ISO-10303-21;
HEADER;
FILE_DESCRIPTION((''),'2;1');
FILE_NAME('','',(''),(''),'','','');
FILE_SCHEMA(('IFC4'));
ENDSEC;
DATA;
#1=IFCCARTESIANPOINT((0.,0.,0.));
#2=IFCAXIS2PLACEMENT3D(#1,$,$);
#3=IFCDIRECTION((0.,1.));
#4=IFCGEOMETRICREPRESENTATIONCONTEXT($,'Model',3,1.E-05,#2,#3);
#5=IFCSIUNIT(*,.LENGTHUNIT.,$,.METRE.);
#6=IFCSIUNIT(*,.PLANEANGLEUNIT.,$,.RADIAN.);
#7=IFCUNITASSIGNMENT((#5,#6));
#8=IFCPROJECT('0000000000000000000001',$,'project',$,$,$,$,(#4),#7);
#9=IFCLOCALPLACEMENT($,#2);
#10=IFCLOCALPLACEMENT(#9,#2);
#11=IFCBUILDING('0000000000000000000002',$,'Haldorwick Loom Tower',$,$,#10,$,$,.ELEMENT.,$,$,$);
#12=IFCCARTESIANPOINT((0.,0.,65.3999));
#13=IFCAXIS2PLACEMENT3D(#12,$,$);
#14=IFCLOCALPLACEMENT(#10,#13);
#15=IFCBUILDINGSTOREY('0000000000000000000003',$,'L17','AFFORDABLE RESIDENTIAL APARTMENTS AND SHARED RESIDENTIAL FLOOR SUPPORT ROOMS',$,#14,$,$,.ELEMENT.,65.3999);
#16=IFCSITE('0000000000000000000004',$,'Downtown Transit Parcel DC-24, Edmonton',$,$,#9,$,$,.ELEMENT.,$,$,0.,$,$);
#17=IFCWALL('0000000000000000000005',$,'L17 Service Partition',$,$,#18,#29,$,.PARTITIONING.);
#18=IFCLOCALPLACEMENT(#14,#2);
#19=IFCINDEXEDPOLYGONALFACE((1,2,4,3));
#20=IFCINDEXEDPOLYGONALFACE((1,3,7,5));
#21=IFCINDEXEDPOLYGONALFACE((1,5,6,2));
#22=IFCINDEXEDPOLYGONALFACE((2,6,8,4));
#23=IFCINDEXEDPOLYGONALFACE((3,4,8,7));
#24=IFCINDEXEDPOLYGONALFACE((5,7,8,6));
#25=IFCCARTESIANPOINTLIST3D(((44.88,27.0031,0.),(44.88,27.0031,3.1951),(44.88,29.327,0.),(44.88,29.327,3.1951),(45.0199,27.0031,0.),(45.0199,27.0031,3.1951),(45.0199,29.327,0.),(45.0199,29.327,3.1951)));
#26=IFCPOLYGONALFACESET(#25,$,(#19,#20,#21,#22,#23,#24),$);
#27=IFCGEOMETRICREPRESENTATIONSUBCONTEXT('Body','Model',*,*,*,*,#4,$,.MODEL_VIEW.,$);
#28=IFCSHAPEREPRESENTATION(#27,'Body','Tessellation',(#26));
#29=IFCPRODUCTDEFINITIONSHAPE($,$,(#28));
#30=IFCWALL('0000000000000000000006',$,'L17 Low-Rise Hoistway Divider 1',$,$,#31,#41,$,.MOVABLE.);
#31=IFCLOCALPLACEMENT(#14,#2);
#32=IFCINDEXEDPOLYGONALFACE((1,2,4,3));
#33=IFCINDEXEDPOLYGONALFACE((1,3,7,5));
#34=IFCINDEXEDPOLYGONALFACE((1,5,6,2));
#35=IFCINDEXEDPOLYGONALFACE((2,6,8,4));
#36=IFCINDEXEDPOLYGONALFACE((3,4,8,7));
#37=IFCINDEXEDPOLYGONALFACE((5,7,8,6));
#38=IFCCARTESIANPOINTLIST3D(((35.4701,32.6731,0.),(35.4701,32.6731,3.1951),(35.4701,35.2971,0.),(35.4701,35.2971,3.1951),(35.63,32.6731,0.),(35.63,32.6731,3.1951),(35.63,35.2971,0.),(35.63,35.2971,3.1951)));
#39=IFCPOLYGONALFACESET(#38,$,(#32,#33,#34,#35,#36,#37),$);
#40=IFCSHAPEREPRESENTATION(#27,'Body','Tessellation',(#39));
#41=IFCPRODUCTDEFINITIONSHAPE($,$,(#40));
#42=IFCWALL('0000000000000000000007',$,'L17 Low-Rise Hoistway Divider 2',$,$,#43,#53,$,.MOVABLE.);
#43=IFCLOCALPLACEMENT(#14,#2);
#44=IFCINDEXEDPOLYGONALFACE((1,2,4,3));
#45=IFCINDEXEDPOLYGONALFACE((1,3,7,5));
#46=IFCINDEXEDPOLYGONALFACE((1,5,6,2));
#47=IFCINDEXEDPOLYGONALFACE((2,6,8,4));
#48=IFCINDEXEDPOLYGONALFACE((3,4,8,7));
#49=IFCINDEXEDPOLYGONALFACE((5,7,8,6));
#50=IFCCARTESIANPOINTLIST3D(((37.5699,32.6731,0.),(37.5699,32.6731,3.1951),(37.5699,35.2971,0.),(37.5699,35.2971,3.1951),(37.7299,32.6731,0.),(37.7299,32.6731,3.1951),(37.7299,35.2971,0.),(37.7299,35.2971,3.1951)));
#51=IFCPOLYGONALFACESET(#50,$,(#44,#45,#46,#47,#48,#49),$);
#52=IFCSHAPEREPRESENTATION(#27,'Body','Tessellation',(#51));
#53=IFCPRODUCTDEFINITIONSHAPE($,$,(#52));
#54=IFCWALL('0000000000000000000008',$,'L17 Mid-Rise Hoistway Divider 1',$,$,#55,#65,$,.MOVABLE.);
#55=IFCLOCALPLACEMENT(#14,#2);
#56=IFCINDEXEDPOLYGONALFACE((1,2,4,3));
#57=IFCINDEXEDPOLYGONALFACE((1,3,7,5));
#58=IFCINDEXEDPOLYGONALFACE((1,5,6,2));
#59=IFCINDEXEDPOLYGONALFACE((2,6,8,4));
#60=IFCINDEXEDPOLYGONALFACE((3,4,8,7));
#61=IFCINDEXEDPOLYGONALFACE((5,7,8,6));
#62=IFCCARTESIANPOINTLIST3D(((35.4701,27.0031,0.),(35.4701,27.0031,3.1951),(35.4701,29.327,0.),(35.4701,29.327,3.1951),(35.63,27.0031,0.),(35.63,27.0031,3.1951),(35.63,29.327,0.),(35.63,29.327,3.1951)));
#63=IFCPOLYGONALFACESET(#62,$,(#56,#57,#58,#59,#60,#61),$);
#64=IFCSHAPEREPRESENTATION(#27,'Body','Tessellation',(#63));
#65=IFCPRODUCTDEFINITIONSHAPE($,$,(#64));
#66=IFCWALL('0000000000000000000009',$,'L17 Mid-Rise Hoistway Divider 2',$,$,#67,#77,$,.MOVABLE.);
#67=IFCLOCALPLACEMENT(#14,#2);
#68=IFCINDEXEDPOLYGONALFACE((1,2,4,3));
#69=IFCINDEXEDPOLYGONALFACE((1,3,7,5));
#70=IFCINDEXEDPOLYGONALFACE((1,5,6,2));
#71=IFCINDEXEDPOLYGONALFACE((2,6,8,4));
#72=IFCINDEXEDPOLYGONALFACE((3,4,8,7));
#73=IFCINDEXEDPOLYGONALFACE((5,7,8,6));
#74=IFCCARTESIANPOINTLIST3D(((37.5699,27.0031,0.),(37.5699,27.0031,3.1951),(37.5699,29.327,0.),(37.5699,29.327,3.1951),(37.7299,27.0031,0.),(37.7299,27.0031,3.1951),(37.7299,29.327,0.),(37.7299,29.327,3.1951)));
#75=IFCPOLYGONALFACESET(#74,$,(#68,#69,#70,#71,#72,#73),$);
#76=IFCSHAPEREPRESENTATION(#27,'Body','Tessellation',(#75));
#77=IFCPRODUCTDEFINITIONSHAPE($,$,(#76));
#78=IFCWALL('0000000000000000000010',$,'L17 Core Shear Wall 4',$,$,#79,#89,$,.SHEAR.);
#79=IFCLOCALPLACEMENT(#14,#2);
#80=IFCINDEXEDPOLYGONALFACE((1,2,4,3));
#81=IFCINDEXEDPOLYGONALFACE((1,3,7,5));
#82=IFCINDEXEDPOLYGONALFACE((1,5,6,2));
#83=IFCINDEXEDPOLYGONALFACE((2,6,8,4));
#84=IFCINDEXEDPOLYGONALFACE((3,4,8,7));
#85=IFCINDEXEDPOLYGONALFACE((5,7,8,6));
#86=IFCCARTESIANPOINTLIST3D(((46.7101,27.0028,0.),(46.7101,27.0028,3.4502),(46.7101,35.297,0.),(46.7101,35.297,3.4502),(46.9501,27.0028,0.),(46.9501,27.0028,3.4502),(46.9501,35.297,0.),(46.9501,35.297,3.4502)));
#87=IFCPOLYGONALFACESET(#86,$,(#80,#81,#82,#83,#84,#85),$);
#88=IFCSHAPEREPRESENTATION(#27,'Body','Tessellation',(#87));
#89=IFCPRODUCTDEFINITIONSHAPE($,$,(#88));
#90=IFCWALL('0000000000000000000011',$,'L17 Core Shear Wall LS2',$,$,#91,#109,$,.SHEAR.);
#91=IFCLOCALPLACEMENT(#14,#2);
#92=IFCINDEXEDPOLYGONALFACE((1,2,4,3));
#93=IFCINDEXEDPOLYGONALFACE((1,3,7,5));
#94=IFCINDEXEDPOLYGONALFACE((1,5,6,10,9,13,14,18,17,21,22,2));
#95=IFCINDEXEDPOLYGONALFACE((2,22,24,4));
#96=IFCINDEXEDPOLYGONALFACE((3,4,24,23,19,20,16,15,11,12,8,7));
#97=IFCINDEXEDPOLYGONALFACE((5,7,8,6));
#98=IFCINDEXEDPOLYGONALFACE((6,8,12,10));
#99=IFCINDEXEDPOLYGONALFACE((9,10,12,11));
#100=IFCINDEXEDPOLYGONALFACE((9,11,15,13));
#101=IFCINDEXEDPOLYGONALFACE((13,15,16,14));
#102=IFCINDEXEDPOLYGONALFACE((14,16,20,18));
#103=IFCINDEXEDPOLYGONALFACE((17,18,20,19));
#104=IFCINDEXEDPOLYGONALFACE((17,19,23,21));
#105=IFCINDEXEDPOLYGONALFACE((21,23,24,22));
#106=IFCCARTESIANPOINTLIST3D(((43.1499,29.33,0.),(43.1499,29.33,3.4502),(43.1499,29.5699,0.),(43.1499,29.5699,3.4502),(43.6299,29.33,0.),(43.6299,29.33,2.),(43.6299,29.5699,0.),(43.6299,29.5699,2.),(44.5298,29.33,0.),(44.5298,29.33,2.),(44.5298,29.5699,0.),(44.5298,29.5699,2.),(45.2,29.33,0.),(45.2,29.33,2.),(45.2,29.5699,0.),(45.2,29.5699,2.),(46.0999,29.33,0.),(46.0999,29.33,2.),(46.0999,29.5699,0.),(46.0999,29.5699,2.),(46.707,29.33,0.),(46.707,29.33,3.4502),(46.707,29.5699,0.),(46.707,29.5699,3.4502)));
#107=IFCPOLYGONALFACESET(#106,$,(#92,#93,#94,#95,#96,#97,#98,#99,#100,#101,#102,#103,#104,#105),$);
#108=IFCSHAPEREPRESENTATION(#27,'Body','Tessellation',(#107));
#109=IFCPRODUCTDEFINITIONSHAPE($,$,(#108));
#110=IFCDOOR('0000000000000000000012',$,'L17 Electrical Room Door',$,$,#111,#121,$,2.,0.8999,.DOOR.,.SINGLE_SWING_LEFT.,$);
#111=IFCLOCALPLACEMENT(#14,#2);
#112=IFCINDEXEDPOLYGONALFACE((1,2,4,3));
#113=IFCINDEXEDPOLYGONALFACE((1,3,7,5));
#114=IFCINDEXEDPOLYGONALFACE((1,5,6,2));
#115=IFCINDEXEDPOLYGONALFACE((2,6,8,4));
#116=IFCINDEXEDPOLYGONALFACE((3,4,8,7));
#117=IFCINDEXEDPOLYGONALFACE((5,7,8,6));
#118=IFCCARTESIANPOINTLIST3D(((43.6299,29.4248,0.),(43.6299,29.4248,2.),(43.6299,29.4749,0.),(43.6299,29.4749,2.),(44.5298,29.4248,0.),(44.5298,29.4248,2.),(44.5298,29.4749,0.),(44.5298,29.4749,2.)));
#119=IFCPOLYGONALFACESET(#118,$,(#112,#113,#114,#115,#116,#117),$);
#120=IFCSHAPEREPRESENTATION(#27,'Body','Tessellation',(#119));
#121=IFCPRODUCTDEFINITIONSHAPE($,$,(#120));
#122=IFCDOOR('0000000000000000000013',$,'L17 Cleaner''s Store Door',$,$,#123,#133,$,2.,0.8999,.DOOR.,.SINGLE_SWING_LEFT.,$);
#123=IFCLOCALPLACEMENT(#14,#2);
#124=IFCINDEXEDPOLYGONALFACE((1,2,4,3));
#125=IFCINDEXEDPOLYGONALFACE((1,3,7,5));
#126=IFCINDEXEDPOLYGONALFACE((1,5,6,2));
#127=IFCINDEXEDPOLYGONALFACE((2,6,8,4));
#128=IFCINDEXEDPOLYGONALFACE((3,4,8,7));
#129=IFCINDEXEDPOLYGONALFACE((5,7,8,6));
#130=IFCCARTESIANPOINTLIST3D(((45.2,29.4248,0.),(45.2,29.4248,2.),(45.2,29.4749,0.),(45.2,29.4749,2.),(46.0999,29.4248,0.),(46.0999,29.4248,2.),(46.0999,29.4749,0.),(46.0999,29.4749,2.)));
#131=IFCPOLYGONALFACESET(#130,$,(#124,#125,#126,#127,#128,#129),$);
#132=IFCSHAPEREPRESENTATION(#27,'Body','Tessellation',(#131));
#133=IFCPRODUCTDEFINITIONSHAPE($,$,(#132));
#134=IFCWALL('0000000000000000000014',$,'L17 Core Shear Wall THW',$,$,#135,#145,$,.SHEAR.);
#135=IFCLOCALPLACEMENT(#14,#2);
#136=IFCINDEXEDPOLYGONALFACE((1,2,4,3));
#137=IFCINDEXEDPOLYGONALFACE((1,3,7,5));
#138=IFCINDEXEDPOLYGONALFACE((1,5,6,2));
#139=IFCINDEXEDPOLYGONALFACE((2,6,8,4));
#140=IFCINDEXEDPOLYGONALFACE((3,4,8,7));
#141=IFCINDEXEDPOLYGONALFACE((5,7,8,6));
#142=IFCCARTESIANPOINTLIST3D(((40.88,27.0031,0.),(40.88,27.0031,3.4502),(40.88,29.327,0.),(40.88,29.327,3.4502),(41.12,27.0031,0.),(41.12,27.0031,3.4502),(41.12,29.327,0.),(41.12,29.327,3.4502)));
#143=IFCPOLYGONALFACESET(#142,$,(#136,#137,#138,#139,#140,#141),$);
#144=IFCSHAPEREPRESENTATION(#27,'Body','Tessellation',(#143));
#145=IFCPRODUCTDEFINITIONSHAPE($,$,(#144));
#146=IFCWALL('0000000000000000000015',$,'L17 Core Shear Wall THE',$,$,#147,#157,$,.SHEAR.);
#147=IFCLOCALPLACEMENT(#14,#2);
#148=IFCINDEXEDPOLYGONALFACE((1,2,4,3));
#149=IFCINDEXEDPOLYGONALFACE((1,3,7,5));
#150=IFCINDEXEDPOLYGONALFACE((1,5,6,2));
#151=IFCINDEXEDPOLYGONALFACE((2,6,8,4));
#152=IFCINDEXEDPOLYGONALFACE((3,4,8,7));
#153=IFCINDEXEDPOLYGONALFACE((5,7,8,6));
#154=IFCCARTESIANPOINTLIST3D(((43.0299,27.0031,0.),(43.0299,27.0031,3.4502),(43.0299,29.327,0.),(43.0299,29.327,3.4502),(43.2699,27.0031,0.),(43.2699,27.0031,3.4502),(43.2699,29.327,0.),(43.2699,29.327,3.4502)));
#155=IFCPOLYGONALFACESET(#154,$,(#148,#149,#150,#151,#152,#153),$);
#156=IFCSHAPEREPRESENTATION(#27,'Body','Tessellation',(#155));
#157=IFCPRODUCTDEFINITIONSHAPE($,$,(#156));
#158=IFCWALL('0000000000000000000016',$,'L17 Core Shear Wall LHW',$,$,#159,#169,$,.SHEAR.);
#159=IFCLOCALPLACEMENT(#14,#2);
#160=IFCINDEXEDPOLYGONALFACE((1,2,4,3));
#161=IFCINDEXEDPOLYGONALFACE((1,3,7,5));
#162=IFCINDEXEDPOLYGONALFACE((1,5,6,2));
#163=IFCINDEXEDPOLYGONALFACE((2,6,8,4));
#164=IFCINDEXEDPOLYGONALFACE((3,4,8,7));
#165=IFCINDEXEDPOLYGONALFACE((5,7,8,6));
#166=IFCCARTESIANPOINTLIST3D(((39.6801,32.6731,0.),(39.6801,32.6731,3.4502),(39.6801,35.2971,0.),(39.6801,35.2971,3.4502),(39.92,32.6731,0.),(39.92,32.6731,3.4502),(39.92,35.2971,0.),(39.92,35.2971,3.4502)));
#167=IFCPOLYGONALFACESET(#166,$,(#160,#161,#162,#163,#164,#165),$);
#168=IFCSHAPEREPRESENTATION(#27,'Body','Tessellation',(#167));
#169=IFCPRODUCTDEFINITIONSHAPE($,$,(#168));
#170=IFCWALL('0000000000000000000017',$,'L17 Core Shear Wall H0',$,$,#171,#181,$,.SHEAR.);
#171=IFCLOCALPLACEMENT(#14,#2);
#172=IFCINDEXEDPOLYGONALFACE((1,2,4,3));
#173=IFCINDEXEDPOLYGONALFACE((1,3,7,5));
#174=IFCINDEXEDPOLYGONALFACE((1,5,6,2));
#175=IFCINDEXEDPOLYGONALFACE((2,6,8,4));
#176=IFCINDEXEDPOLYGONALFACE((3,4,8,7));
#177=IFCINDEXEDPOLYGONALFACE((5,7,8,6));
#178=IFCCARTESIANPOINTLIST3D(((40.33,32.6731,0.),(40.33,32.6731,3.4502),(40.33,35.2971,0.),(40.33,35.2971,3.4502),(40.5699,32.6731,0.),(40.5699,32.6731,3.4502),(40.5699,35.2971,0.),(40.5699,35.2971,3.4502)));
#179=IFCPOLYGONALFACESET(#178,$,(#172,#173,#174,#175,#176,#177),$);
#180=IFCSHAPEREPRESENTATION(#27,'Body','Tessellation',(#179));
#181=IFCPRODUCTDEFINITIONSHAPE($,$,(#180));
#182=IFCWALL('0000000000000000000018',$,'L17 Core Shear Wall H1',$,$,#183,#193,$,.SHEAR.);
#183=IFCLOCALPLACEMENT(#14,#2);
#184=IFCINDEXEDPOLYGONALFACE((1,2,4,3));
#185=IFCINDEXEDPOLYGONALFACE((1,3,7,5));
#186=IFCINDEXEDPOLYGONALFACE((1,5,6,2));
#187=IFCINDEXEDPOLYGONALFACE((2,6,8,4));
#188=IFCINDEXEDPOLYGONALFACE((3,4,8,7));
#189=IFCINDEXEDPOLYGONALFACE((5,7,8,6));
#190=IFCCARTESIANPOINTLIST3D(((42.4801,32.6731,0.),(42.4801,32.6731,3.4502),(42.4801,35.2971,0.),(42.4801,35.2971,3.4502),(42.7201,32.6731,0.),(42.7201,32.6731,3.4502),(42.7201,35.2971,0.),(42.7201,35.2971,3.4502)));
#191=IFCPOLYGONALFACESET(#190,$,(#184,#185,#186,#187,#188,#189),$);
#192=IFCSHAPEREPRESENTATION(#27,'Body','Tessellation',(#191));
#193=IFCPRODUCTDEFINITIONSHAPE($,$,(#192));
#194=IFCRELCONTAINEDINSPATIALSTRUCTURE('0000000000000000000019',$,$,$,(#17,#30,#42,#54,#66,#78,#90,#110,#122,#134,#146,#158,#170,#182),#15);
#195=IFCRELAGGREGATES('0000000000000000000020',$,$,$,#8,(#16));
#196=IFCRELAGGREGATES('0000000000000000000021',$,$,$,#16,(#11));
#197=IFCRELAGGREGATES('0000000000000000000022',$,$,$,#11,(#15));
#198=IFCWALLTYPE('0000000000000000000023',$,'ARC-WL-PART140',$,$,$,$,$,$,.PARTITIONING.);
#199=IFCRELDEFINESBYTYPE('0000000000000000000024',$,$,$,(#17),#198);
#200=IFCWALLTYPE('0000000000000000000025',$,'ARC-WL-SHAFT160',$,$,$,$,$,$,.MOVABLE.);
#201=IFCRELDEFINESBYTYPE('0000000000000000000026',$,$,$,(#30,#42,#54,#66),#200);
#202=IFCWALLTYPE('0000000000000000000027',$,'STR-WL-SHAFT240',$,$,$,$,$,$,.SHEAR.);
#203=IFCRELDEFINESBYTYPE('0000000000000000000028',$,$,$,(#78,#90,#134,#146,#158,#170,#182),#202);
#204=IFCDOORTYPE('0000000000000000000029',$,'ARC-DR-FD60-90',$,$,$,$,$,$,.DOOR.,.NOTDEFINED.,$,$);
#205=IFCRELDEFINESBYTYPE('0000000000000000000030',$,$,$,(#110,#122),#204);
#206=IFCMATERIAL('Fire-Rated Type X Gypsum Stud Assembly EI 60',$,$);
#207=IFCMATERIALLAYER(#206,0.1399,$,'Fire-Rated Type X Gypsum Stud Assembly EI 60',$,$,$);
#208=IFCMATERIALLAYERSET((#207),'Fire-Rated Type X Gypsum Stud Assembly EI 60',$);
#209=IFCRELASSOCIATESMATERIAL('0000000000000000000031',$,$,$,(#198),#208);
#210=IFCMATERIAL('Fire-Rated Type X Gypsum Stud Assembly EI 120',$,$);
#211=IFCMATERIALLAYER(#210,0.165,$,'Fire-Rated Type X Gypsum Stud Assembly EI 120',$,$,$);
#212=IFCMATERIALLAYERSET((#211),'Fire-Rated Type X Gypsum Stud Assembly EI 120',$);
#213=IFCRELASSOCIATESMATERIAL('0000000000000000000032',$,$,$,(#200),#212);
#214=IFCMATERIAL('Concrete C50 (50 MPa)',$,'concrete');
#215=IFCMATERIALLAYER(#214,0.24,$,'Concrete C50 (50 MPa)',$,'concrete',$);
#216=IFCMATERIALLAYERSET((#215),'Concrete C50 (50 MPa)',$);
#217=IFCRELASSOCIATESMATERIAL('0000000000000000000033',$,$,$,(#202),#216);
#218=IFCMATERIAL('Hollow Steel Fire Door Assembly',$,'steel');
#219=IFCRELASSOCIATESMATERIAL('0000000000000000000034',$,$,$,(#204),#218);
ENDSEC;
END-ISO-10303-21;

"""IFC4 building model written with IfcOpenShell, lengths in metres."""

from ifc_helpers import new_model, si_unit, direction, frame, frame_2d, origin, place, context, subcontext, project, spatial, rectangle, extrude, material, layer, layer_set, type_object, element, fill, save


model = new_model("IFC4")

# Units and contexts
model_context = context("Model", 3, precision=1e-05, world=origin(), true_north=direction((0.0, 1.0)))
body_context = subcontext(model_context, "Body", "Model", "MODEL_VIEW")
ifc_project = project(units=[si_unit("LENGTHUNIT", "METRE"), si_unit("PLANEANGLEUNIT", "RADIAN")], contexts=[model_context])

# Site, building, storey
site_placement = place(None, origin())
site = spatial("IfcSite", under=ifc_project, at=site_placement, Name="Downtown Transit Parcel DC-24, Edmonton", CompositionType="ELEMENT", RefElevation=0.0)
building_placement = place(site_placement, origin())
building = spatial("IfcBuilding", under=site, at=building_placement, Name="Haldorwick Loom Tower", CompositionType="ELEMENT")
storey_placement = place(building_placement, frame((0.0, 0.0, 65.3999)))
storey = spatial("IfcBuildingStorey", under=building, at=storey_placement, Name="L17", Description="AFFORDABLE RESIDENTIAL APARTMENTS AND SHARED RESIDENTIAL FLOOR SUPPORT ROOMS", CompositionType="ELEMENT", Elevation=65.3999)

# Walls
ifc_material_1 = material(Name="Fire-Rated Type X Gypsum Stud Assembly EI 60")
ifc_layer_1 = layer(ifc_material_1, 0.1399, Name="Fire-Rated Type X Gypsum Stud Assembly EI 60")
ifc_layer_set_1 = layer_set([ifc_layer_1], Name="Fire-Rated Type X Gypsum Stud Assembly EI 60")
wall_type_1 = type_object("IfcWallType", Name="ARC-WL-PART140", PredefinedType="PARTITIONING", material=ifc_layer_set_1)
wall_1_placement = place(storey_placement, frame((44.95, 27.0029, 0.0), z_axis=(0.0, 0.0, 1.0), x_axis=(0.0, 1.0, 0.0)))
element("IfcWall", 1, at=wall_1_placement, inside=storey, type_object=wall_type_1, Name="L17 Service Partition", PredefinedType="PARTITIONING", context=body_context, shape_type="SweptSolid", body=[
    extrude(rectangle(XDim=2.324, YDim=0.1399, at=frame_2d((1.1621, 0.0))), origin(), (0.0, 0.0, 1.0), 3.1951),
])
ifc_material_2 = material(Name="Fire-Rated Type X Gypsum Stud Assembly EI 120")
ifc_layer_2 = layer(ifc_material_2, 0.165, Name="Fire-Rated Type X Gypsum Stud Assembly EI 120")
ifc_layer_set_2 = layer_set([ifc_layer_2], Name="Fire-Rated Type X Gypsum Stud Assembly EI 120")
wall_type_2 = type_object("IfcWallType", Name="ARC-WL-SHAFT160", PredefinedType="MOVABLE", material=ifc_layer_set_2)
for number, where, z_axis, x_axis, name in (
    (2, (35.55, 32.6731, 0.0), (0.0, 0.0, 1.0), (0.0, 1.0, 0.0), "L17 Low-Rise Hoistway Divider 1"),
    (3, (37.6499, 32.6731, 0.0), (0.0, 0.0, 1.0), (0.0, 1.0, 0.0), "L17 Low-Rise Hoistway Divider 2"),
):
    element("IfcWall", number, at=place(storey_placement, frame(where, z_axis=z_axis, x_axis=x_axis)), inside=storey, type_object=wall_type_2, Name=name, PredefinedType="MOVABLE", context=body_context, shape_type="SweptSolid", body=[
        extrude(rectangle(XDim=2.624, YDim=0.1599, at=frame_2d((1.312, 0.0))), origin(), (0.0, 0.0, 1.0), 3.1951),
    ])
for number, where, z_axis, x_axis, name in (
    (4, (35.55, 27.0029, 0.0), (0.0, 0.0, 1.0), (0.0, 1.0, 0.0), "L17 Mid-Rise Hoistway Divider 1"),
    (5, (37.6499, 27.0029, 0.0), (0.0, 0.0, 1.0), (0.0, 1.0, 0.0), "L17 Mid-Rise Hoistway Divider 2"),
):
    element("IfcWall", number, at=place(storey_placement, frame(where, z_axis=z_axis, x_axis=x_axis)), inside=storey, type_object=wall_type_2, Name=name, PredefinedType="MOVABLE", context=body_context, shape_type="SweptSolid", body=[
        extrude(rectangle(XDim=2.324, YDim=0.1599, at=frame_2d((1.1621, 0.0))), origin(), (0.0, 0.0, 1.0), 3.1951),
    ])
ifc_material_3 = material(Name="Concrete C50 (50 MPa)", Category="concrete")
ifc_layer_3 = layer(ifc_material_3, 0.24, Name="Concrete C50 (50 MPa)", Category="concrete")
ifc_layer_set_3 = layer_set([ifc_layer_3], Name="Concrete C50 (50 MPa)")
wall_type_3 = type_object("IfcWallType", Name="STR-WL-SHAFT240", PredefinedType="SHEAR", material=ifc_layer_set_3)
wall_2_placement = place(storey_placement, frame((46.8301, 27.0029, 0.0), z_axis=(0.0, 0.0, 1.0), x_axis=(0.0, 1.0, 0.0)))
element("IfcWall", 6, at=wall_2_placement, inside=storey, type_object=wall_type_3, Name="L17 Core Shear Wall 4", PredefinedType="SHEAR", context=body_context, shape_type="SweptSolid", body=[
    extrude(rectangle(XDim=8.2942, YDim=0.24, at=frame_2d((4.147, 0.0))), origin(), (0.0, 0.0, 1.0), 3.4502),
])

# Wall, openings, doors
wall_3_placement = place(storey_placement, frame((43.1499, 29.45, 0.0), z_axis=(0.0, 0.0, 1.0), x_axis=(1.0, 0.0, 0.0)))
wall_3 = element("IfcWall", 7, at=wall_3_placement, inside=storey, type_object=wall_type_3, Name="L17 Core Shear Wall LS2", PredefinedType="SHEAR", context=body_context, shape_type="SweptSolid", body=[
    extrude(rectangle(XDim=3.5571, YDim=0.24, at=frame_2d((1.7786, 0.0))), origin(), (0.0, 0.0, 1.0), 3.4502),
])
opening_1_placement = place(wall_3_placement, frame((0.48, 0.0, 0.0)))
opening_1 = element("IfcOpeningElement", 8, at=opening_1_placement, cuts=wall_3, PredefinedType="OPENING", context=body_context, shape_type="SweptSolid", body=[
    extrude(rectangle(XDim=0.8999, YDim=2.0, at=frame_2d((0.45, 1.0))), frame((0.0, 0.1299, 0.0), z_axis=(0.0, -1.0, 0.0), x_axis=(1.0, 0.0, 0.0)), (0.0, 0.0, 1.0), 0.26),
])
opening_2_placement = place(wall_3_placement, frame((2.05, 0.0, 0.0)))
opening_2 = element("IfcOpeningElement", 9, at=opening_2_placement, cuts=wall_3, PredefinedType="OPENING", context=body_context, shape_type="SweptSolid", body=[
    extrude(rectangle(XDim=0.8999, YDim=2.0, at=frame_2d((0.45, 1.0))), frame((0.0, 0.1299, 0.0), z_axis=(0.0, -1.0, 0.0), x_axis=(1.0, 0.0, 0.0)), (0.0, 0.0, 1.0), 0.26),
])
ifc_material_4 = material(Name="Hollow Steel Fire Door Assembly", Category="steel")
door_type = type_object("IfcDoorType", Name="ARC-DR-FD60-90", OperationType="NOTDEFINED", PredefinedType="DOOR", material=ifc_material_4)
door_1_placement = place(opening_1_placement, origin())
door_1 = element("IfcDoor", 10, at=door_1_placement, inside=storey, type_object=door_type, Name="L17 Electrical Room Door", OperationType="SINGLE_SWING_LEFT", OverallHeight=2.0, OverallWidth=0.8999, PredefinedType="DOOR", context=body_context, shape_type="SweptSolid", body=[
    extrude(rectangle(XDim=0.8999, YDim=2.0, at=frame_2d((0.45, 1.0))), frame((0.0, 0.0249, 0.0), z_axis=(0.0, -1.0, 0.0), x_axis=(1.0, 0.0, 0.0)), (0.0, 0.0, 1.0), 0.05),
])
fill(opening_1, door_1)
door_2_placement = place(opening_2_placement, origin())
door_2 = element("IfcDoor", 11, at=door_2_placement, inside=storey, type_object=door_type, Name="L17 Cleaner's Store Door", OperationType="SINGLE_SWING_LEFT", OverallHeight=2.0, OverallWidth=0.8999, PredefinedType="DOOR", context=body_context, shape_type="SweptSolid", body=[
    extrude(rectangle(XDim=0.8999, YDim=2.0, at=frame_2d((0.45, 1.0))), frame((0.0, 0.0249, 0.0), z_axis=(0.0, -1.0, 0.0), x_axis=(1.0, 0.0, 0.0)), (0.0, 0.0, 1.0), 0.05),
])
fill(opening_2, door_2)

# Walls
for number, where, z_axis, x_axis, name in (
    (12, (41.0, 27.0029, 0.0), (0.0, 0.0, 1.0), (0.0, 1.0, 0.0), "L17 Core Shear Wall THW"),
    (13, (43.1499, 27.0029, 0.0), (0.0, 0.0, 1.0), (0.0, 1.0, 0.0), "L17 Core Shear Wall THE"),
):
    element("IfcWall", number, at=place(storey_placement, frame(where, z_axis=z_axis, x_axis=x_axis)), inside=storey, type_object=wall_type_3, Name=name, PredefinedType="SHEAR", context=body_context, shape_type="SweptSolid", body=[
        extrude(rectangle(XDim=2.324, YDim=0.24, at=frame_2d((1.1621, 0.0))), origin(), (0.0, 0.0, 1.0), 3.4502),
    ])
for number, where, z_axis, x_axis, name in (
    (14, (39.8, 32.6731, 0.0), (0.0, 0.0, 1.0), (0.0, 1.0, 0.0), "L17 Core Shear Wall LHW"),
    (15, (40.45, 32.6731, 0.0), (0.0, 0.0, 1.0), (0.0, 1.0, 0.0), "L17 Core Shear Wall H0"),
    (16, (42.6001, 32.6731, 0.0), (0.0, 0.0, 1.0), (0.0, 1.0, 0.0), "L17 Core Shear Wall H1"),
):
    element("IfcWall", number, at=place(storey_placement, frame(where, z_axis=z_axis, x_axis=x_axis)), inside=storey, type_object=wall_type_3, Name=name, PredefinedType="SHEAR", context=body_context, shape_type="SweptSolid", body=[
        extrude(rectangle(XDim=2.624, YDim=0.24, at=frame_2d((1.312, 0.0))), origin(), (0.0, 0.0, 1.0), 3.4502),
    ])

save(model, "model.ifc")
